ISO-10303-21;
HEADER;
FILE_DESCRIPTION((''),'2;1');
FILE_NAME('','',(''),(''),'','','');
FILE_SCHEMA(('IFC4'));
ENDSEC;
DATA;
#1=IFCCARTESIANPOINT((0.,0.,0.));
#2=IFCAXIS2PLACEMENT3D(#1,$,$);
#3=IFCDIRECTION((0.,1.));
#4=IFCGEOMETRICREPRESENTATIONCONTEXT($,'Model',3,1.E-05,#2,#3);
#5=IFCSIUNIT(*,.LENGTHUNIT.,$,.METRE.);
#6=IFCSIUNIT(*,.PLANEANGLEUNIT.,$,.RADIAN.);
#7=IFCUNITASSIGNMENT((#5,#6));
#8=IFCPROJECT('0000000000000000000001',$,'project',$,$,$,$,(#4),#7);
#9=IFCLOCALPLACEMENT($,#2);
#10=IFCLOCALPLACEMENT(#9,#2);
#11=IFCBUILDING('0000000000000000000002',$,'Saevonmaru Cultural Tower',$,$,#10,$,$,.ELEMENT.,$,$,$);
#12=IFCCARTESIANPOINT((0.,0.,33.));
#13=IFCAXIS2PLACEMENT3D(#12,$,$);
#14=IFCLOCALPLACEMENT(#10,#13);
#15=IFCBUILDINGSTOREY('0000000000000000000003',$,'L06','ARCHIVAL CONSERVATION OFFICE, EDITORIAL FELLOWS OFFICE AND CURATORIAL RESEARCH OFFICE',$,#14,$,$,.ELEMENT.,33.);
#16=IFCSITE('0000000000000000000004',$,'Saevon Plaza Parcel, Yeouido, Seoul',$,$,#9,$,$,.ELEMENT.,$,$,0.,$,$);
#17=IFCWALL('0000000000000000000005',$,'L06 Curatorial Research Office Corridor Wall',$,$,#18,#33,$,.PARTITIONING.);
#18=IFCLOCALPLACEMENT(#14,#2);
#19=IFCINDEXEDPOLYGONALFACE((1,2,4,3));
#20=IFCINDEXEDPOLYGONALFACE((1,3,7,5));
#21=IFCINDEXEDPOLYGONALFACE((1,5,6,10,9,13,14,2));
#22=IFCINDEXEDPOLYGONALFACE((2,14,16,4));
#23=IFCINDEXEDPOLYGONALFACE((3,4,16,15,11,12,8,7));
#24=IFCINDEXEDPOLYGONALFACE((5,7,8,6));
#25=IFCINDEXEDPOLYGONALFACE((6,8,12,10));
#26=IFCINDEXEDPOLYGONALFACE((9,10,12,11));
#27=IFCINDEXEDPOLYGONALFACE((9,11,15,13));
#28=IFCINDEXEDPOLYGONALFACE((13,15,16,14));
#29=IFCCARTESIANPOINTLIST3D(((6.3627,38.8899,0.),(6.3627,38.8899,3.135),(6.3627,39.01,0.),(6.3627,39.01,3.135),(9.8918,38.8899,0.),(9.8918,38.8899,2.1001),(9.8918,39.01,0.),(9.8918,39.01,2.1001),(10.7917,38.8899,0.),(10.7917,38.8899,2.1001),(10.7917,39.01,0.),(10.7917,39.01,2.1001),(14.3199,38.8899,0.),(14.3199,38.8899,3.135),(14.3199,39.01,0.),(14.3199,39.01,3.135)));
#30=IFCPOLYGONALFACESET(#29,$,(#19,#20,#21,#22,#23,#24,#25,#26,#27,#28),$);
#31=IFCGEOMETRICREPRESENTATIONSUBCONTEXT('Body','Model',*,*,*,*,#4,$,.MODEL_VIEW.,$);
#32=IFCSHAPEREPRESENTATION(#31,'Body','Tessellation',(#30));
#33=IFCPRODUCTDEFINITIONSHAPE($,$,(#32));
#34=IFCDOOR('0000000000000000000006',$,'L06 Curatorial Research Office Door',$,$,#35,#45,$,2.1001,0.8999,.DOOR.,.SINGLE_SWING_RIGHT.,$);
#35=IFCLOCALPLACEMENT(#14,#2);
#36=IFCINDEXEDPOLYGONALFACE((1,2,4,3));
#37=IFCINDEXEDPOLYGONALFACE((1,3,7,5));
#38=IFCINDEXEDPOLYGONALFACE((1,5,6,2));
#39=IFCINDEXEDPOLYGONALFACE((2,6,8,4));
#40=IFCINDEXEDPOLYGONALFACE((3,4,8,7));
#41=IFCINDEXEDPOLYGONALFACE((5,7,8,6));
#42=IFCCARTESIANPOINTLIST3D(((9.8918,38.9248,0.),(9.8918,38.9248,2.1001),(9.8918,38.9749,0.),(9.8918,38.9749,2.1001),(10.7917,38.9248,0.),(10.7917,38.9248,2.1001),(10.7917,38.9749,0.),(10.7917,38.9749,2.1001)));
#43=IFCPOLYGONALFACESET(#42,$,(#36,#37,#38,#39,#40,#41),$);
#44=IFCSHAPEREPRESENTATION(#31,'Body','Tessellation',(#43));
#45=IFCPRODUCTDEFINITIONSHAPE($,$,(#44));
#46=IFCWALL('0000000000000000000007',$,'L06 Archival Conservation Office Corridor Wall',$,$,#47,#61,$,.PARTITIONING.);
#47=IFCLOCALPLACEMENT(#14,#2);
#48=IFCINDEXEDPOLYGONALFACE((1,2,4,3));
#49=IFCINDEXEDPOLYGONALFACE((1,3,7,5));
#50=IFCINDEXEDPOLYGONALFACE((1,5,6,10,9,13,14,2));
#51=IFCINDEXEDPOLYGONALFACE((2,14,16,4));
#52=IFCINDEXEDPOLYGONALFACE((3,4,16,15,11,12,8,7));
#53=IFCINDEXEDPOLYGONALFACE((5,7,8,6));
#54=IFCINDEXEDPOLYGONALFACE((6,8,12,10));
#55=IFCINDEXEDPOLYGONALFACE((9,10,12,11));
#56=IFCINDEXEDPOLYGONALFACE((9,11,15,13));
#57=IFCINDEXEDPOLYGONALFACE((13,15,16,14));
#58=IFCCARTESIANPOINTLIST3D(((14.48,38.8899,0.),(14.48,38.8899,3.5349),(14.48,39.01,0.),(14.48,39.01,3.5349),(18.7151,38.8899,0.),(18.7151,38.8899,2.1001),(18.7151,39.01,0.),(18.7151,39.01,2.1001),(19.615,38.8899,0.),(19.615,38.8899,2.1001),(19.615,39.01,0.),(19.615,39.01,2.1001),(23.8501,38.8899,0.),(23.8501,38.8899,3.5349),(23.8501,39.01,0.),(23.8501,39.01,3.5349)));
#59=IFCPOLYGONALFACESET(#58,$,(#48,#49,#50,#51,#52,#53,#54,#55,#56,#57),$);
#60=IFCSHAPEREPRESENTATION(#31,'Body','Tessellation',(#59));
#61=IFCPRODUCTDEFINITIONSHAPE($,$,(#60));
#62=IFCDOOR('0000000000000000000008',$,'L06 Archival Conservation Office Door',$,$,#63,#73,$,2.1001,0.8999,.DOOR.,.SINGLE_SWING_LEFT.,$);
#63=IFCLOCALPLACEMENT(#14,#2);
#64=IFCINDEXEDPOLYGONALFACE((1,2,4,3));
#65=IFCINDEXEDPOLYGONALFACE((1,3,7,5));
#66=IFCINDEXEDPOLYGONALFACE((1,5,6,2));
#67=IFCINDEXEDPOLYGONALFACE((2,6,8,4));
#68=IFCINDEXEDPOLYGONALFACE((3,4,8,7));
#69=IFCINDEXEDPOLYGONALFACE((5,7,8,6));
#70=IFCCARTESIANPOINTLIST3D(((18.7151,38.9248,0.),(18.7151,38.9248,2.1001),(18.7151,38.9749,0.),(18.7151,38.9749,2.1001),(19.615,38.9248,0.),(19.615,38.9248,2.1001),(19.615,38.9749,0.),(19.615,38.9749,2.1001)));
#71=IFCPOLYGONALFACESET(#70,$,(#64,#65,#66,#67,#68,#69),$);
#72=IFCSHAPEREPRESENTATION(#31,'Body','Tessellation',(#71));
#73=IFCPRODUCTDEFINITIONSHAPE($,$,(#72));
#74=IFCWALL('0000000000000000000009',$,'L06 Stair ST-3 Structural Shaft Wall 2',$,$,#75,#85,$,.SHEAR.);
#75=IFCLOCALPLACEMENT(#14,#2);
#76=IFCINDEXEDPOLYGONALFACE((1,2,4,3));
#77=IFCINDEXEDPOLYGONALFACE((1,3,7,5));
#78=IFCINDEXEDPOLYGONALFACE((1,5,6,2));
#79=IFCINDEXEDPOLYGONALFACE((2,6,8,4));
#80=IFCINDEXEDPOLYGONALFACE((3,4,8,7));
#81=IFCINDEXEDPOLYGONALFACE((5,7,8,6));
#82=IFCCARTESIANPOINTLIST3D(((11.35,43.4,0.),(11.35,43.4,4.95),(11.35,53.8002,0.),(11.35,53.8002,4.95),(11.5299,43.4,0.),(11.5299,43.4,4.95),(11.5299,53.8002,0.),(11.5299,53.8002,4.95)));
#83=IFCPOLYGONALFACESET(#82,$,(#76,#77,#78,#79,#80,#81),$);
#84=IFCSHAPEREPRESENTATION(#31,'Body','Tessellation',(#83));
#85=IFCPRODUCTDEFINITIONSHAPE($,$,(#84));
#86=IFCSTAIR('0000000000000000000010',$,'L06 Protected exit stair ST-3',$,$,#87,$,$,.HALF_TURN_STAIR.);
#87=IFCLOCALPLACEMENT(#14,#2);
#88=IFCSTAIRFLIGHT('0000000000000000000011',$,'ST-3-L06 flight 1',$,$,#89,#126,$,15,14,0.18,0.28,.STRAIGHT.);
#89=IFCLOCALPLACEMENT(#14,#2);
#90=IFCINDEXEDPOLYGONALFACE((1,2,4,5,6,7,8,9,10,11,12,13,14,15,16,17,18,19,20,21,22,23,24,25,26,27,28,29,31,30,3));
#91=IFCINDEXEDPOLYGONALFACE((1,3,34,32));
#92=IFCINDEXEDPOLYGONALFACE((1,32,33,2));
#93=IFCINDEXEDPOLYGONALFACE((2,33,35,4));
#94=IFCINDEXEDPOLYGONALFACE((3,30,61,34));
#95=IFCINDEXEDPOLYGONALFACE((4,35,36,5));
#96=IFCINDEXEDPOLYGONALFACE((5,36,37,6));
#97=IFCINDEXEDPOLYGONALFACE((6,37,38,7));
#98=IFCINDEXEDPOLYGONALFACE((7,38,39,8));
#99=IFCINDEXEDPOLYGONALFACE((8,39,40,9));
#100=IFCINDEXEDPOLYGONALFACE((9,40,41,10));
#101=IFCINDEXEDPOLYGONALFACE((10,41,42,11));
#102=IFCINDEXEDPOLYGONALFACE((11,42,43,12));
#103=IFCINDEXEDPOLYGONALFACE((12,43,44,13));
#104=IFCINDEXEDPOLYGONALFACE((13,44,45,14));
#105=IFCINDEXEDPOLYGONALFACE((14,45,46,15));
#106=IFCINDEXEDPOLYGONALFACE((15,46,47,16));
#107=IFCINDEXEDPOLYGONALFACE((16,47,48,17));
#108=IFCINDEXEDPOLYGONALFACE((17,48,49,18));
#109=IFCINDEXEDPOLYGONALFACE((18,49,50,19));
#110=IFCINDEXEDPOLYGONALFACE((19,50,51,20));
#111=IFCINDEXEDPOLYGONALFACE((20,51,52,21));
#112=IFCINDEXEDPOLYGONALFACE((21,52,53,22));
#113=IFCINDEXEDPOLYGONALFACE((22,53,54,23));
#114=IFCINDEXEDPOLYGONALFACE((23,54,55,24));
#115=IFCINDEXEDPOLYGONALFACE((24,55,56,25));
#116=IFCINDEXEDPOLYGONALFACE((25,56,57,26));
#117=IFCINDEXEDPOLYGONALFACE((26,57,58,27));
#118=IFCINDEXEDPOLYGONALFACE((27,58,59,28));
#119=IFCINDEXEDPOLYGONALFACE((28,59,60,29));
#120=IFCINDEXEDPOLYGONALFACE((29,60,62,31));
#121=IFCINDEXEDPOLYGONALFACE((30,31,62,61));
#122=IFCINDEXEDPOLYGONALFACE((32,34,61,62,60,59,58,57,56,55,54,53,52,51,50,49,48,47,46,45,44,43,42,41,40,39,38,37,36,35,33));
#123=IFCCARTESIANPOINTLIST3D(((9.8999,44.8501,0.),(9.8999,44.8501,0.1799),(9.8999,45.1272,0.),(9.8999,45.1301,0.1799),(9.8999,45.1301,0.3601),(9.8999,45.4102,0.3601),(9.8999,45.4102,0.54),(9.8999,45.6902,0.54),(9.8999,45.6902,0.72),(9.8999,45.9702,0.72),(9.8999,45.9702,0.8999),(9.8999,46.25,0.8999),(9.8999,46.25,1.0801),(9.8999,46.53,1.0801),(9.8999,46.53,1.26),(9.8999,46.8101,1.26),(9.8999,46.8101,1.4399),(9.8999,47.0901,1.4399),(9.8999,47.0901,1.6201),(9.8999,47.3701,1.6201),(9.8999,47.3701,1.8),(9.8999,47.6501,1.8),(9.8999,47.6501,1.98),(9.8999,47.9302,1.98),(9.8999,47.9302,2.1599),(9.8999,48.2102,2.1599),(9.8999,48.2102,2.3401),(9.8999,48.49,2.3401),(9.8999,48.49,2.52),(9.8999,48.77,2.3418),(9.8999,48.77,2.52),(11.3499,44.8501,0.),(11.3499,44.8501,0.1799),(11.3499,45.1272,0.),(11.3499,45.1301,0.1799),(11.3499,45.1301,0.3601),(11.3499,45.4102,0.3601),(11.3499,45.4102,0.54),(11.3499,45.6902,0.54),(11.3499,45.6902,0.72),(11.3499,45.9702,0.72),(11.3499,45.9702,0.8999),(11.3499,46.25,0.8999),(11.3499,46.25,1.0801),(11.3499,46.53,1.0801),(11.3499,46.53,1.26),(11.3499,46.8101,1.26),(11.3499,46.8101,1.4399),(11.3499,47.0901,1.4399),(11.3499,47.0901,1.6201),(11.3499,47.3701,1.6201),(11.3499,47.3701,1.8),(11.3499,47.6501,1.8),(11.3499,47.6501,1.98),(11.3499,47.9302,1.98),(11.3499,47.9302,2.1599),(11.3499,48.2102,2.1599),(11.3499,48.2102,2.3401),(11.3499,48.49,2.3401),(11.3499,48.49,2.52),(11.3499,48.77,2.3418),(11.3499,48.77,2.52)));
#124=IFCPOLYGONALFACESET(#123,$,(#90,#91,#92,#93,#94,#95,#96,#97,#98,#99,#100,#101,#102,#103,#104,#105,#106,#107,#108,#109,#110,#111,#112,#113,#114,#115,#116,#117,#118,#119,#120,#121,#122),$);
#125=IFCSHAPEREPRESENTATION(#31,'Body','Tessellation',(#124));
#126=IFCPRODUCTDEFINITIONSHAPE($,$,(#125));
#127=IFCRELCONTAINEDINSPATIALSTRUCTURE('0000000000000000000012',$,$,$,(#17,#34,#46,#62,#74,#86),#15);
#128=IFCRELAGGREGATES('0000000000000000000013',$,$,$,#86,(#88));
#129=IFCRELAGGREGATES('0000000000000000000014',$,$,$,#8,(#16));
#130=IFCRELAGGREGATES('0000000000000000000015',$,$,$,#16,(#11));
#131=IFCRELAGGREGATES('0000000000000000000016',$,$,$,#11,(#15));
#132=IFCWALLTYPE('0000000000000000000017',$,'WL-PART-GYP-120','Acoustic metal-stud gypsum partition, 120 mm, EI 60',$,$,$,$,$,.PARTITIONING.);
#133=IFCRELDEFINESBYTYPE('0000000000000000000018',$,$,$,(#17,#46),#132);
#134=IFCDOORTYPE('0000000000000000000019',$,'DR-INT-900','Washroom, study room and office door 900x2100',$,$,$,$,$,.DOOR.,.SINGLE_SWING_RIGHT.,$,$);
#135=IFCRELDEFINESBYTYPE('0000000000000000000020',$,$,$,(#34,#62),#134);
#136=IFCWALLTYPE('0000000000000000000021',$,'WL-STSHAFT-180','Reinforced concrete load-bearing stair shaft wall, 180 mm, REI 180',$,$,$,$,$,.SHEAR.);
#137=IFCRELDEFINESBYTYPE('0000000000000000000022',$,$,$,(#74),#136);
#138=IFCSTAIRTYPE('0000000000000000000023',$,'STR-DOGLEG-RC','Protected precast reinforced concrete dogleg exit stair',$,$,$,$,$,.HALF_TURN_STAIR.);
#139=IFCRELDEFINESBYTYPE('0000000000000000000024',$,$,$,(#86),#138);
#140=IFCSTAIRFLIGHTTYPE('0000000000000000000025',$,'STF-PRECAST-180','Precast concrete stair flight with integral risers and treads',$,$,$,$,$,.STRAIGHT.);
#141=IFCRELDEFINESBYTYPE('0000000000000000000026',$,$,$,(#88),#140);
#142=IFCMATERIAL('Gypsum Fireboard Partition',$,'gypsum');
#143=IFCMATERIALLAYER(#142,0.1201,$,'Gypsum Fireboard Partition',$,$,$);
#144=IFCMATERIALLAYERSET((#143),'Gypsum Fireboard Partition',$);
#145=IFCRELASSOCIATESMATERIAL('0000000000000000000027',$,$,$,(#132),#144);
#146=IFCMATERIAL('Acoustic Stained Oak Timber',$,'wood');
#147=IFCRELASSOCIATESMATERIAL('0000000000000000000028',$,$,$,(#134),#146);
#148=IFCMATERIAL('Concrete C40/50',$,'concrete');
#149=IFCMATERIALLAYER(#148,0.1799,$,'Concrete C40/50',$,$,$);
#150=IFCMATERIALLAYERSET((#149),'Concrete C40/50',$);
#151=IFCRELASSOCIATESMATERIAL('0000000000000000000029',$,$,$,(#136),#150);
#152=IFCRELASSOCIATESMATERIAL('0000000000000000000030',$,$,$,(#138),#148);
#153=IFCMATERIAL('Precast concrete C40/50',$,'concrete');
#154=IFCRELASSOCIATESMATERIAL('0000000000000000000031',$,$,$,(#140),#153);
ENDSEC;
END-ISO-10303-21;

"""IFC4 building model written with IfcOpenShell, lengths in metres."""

from ifc_helpers import new_model, si_unit, direction, frame, frame_2d, origin, place, context, subcontext, project, spatial, polyline, rectangle, outline, extrude, material, layer, layer_set, type_object, element, fill, aggregate, save


model = new_model("IFC4")

# Units and contexts
model_context = context("Model", 3, precision=1e-05, world=origin(), true_north=direction((0.0, 1.0)))
body_context = subcontext(model_context, "Body", "Model", "MODEL_VIEW")
ifc_project = project(units=[si_unit("LENGTHUNIT", "METRE"), si_unit("PLANEANGLEUNIT", "RADIAN")], contexts=[model_context])

# Site, building, storey
site_placement = place(None, origin())
site = spatial("IfcSite", under=ifc_project, at=site_placement, Name="Saevon Plaza Parcel, Yeouido, Seoul", CompositionType="ELEMENT", RefElevation=0.0)
building_placement = place(site_placement, origin())
building = spatial("IfcBuilding", under=site, at=building_placement, Name="Saevonmaru Cultural Tower", CompositionType="ELEMENT")
storey_placement = place(building_placement, frame((0.0, 0.0, 33.0)))
storey = spatial("IfcBuildingStorey", under=building, at=storey_placement, Name="L06", Description="ARCHIVAL CONSERVATION OFFICE, EDITORIAL FELLOWS OFFICE AND CURATORIAL RESEARCH OFFICE", CompositionType="ELEMENT", Elevation=33.0)

# Shared definitions
ifc_material_1 = material(Name="Gypsum Fireboard Partition", Category="gypsum")
ifc_layer_1 = layer(ifc_material_1, 0.1201, Name="Gypsum Fireboard Partition")
ifc_layer_set_1 = layer_set([ifc_layer_1], Name="Gypsum Fireboard Partition")
wall_type_1 = type_object("IfcWallType", Name="WL-PART-GYP-120", Description="Acoustic metal-stud gypsum partition, 120 mm, EI 60", PredefinedType="PARTITIONING", material=ifc_layer_set_1)

# Walls, openings, doors
ifc_material_2 = material(Name="Acoustic Stained Oak Timber", Category="wood")
door_type_1 = type_object("IfcDoorType", Name="DR-INT-900", Description="Washroom, study room and office door 900x2100", OperationType="SINGLE_SWING_RIGHT", PredefinedType="DOOR", material=ifc_material_2)
wall_1_placement = place(storey_placement, frame((6.3628, 38.95, 0.0), z_axis=(0.0, 0.0, 1.0), x_axis=(1.0, 0.0, 0.0)))
wall_1 = element("IfcWall", 1, at=wall_1_placement, inside=storey, type_object=wall_type_1, Name="L06 Curatorial Research Office Corridor Wall", PredefinedType="PARTITIONING", context=body_context, shape_type="SweptSolid", body=[
    extrude(rectangle(XDim=7.9573, YDim=0.1201, at=frame_2d((3.9785, 0.0))), origin(), (0.0, 0.0, 1.0), 3.135),
])
opening_1_placement = place(wall_1_placement, frame((3.5291, 0.0, 0.0)))
opening_1 = element("IfcOpeningElement", 2, at=opening_1_placement, cuts=wall_1, PredefinedType="OPENING", context=body_context, shape_type="SweptSolid", body=[
    extrude(rectangle(XDim=0.8999, YDim=2.1001, at=frame_2d((0.45, 1.05))), frame((0.0, 0.0701, 0.0), z_axis=(0.0, -1.0, 0.0), x_axis=(1.0, 0.0, 0.0)), (0.0, 0.0, 1.0), 0.1401),
])
door_1_placement = place(opening_1_placement, origin())
door_1 = element("IfcDoor", 3, at=door_1_placement, inside=storey, type_object=door_type_1, Name="L06 Curatorial Research Office Door", OperationType="SINGLE_SWING_RIGHT", OverallHeight=2.1001, OverallWidth=0.8999, PredefinedType="DOOR", context=body_context, shape_type="SweptSolid", body=[
    extrude(rectangle(XDim=0.8999, YDim=2.1001, at=frame_2d((0.45, 1.05))), frame((0.0, 0.0249, 0.0), z_axis=(0.0, -1.0, 0.0), x_axis=(1.0, 0.0, 0.0)), (0.0, 0.0, 1.0), 0.05),
])
fill(opening_1, door_1)
wall_2_placement = place(storey_placement, frame((14.48, 38.95, 0.0), z_axis=(0.0, 0.0, 1.0), x_axis=(1.0, 0.0, 0.0)))
wall_2 = element("IfcWall", 4, at=wall_2_placement, inside=storey, type_object=wall_type_1, Name="L06 Archival Conservation Office Corridor Wall", PredefinedType="PARTITIONING", context=body_context, shape_type="SweptSolid", body=[
    extrude(rectangle(XDim=9.3701, YDim=0.1201, at=frame_2d((4.6851, 0.0))), origin(), (0.0, 0.0, 1.0), 3.5349),
])
opening_2_placement = place(wall_2_placement, frame((4.2351, 0.0, 0.0)))
opening_2 = element("IfcOpeningElement", 5, at=opening_2_placement, cuts=wall_2, PredefinedType="OPENING", context=body_context, shape_type="SweptSolid", body=[
    extrude(rectangle(XDim=0.8999, YDim=2.1001, at=frame_2d((0.45, 1.05))), frame((0.0, 0.0701, 0.0), z_axis=(0.0, -1.0, 0.0), x_axis=(1.0, 0.0, 0.0)), (0.0, 0.0, 1.0), 0.1401),
])
door_2_placement = place(opening_2_placement, origin())
door_2 = element("IfcDoor", 6, at=door_2_placement, inside=storey, type_object=door_type_1, Name="L06 Archival Conservation Office Door", OperationType="SINGLE_SWING_LEFT", OverallHeight=2.1001, OverallWidth=0.8999, PredefinedType="DOOR", context=body_context, shape_type="SweptSolid", body=[
    extrude(rectangle(XDim=0.8999, YDim=2.1001, at=frame_2d((0.45, 1.05))), frame((0.0, 0.0249, 0.0), z_axis=(0.0, -1.0, 0.0), x_axis=(1.0, 0.0, 0.0)), (0.0, 0.0, 1.0), 0.05),
])
fill(opening_2, door_2)
ifc_material_3 = material(Name="Concrete C40/50", Category="concrete")
ifc_layer_2 = layer(ifc_material_3, 0.1799, Name="Concrete C40/50")
ifc_layer_set_2 = layer_set([ifc_layer_2], Name="Concrete C40/50")
wall_type_2 = type_object("IfcWallType", Name="WL-STSHAFT-180", Description="Reinforced concrete load-bearing stair shaft wall, 180 mm, REI 180", PredefinedType="SHEAR", material=ifc_layer_set_2)

# Wall
wall_3_placement = place(storey_placement, frame((11.4399, 43.3999, 0.0), z_axis=(0.0, 0.0, 1.0), x_axis=(0.0, 1.0, 0.0)))
element("IfcWall", 7, at=wall_3_placement, inside=storey, type_object=wall_type_2, Name="L06 Stair ST-3 Structural Shaft Wall 2", PredefinedType="SHEAR", context=body_context, shape_type="SweptSolid", body=[
    extrude(rectangle(XDim=10.4001, YDim=0.1799, at=frame_2d((5.2002, 0.0))), origin(), (0.0, 0.0, 1.0), 4.95),
])

# Stair, stair flight
stair_type = type_object("IfcStairType", Name="STR-DOGLEG-RC", Description="Protected precast reinforced concrete dogleg exit stair", PredefinedType="HALF_TURN_STAIR", material=ifc_material_3)
stair_placement = place(storey_placement, origin())
stair = element("IfcStair", 8, at=stair_placement, inside=storey, type_object=stair_type, Name="L06 Protected exit stair ST-3", PredefinedType="HALF_TURN_STAIR")
ifc_material_4 = material(Name="Precast concrete C40/50", Category="concrete")
stair_flight_type = type_object("IfcStairFlightType", Name="STF-PRECAST-180", Description="Precast concrete stair flight with integral risers and treads", PredefinedType="STRAIGHT", material=ifc_material_4)
stair_flight_placement = place(storey_placement, frame((10.625, 44.8501, 0.0), z_axis=(0.0, 0.0, 1.0), x_axis=(0.0, 1.0, 0.0)))
stair_flight = element("IfcStairFlight", 9, at=stair_flight_placement, type_object=stair_flight_type, Name="ST-3-L06 flight 1", NumberOfRisers=15, NumberOfTreads=14, PredefinedType="STRAIGHT", RiserHeight=0.18, TreadLength=0.28, context=body_context, shape_type="SweptSolid", body=[
    extrude(outline(polyline([(0.0, 0.0), (0.0, 0.1799), (0.28, 0.1799), (0.28, 0.3601), (0.5601, 0.3601), (0.5601, 0.54), (0.8401, 0.54), (0.8401, 0.72), (1.1201, 0.72), (1.1201, 0.8999), (1.3999, 0.8999), (1.3999, 1.0801), (1.6799, 1.0801), (1.6799, 1.26), (1.96, 1.26), (1.96, 1.4399), (2.24, 1.4399), (2.24, 1.6201), (2.52, 1.6201), (2.52, 1.8), (2.8, 1.8), (2.8, 1.98), (3.0801, 1.98), (3.0801, 2.1599), (3.3601, 2.1599), (3.3601, 2.3401), (3.6399, 2.3401), (3.6399, 2.52), (3.9199, 2.52), (3.9199, 2.7), (3.9199, 2.3418), (0.2771, 0.0), (0.0, 0.0)])), frame((0.0, 0.7251, 0.0), z_axis=(0.0, -1.0, 0.0), x_axis=(1.0, 0.0, 0.0)), (0.0, 0.0, 1.0), 1.45),
])
aggregate(stair, [stair_flight])

save(model, "model.ifc")
